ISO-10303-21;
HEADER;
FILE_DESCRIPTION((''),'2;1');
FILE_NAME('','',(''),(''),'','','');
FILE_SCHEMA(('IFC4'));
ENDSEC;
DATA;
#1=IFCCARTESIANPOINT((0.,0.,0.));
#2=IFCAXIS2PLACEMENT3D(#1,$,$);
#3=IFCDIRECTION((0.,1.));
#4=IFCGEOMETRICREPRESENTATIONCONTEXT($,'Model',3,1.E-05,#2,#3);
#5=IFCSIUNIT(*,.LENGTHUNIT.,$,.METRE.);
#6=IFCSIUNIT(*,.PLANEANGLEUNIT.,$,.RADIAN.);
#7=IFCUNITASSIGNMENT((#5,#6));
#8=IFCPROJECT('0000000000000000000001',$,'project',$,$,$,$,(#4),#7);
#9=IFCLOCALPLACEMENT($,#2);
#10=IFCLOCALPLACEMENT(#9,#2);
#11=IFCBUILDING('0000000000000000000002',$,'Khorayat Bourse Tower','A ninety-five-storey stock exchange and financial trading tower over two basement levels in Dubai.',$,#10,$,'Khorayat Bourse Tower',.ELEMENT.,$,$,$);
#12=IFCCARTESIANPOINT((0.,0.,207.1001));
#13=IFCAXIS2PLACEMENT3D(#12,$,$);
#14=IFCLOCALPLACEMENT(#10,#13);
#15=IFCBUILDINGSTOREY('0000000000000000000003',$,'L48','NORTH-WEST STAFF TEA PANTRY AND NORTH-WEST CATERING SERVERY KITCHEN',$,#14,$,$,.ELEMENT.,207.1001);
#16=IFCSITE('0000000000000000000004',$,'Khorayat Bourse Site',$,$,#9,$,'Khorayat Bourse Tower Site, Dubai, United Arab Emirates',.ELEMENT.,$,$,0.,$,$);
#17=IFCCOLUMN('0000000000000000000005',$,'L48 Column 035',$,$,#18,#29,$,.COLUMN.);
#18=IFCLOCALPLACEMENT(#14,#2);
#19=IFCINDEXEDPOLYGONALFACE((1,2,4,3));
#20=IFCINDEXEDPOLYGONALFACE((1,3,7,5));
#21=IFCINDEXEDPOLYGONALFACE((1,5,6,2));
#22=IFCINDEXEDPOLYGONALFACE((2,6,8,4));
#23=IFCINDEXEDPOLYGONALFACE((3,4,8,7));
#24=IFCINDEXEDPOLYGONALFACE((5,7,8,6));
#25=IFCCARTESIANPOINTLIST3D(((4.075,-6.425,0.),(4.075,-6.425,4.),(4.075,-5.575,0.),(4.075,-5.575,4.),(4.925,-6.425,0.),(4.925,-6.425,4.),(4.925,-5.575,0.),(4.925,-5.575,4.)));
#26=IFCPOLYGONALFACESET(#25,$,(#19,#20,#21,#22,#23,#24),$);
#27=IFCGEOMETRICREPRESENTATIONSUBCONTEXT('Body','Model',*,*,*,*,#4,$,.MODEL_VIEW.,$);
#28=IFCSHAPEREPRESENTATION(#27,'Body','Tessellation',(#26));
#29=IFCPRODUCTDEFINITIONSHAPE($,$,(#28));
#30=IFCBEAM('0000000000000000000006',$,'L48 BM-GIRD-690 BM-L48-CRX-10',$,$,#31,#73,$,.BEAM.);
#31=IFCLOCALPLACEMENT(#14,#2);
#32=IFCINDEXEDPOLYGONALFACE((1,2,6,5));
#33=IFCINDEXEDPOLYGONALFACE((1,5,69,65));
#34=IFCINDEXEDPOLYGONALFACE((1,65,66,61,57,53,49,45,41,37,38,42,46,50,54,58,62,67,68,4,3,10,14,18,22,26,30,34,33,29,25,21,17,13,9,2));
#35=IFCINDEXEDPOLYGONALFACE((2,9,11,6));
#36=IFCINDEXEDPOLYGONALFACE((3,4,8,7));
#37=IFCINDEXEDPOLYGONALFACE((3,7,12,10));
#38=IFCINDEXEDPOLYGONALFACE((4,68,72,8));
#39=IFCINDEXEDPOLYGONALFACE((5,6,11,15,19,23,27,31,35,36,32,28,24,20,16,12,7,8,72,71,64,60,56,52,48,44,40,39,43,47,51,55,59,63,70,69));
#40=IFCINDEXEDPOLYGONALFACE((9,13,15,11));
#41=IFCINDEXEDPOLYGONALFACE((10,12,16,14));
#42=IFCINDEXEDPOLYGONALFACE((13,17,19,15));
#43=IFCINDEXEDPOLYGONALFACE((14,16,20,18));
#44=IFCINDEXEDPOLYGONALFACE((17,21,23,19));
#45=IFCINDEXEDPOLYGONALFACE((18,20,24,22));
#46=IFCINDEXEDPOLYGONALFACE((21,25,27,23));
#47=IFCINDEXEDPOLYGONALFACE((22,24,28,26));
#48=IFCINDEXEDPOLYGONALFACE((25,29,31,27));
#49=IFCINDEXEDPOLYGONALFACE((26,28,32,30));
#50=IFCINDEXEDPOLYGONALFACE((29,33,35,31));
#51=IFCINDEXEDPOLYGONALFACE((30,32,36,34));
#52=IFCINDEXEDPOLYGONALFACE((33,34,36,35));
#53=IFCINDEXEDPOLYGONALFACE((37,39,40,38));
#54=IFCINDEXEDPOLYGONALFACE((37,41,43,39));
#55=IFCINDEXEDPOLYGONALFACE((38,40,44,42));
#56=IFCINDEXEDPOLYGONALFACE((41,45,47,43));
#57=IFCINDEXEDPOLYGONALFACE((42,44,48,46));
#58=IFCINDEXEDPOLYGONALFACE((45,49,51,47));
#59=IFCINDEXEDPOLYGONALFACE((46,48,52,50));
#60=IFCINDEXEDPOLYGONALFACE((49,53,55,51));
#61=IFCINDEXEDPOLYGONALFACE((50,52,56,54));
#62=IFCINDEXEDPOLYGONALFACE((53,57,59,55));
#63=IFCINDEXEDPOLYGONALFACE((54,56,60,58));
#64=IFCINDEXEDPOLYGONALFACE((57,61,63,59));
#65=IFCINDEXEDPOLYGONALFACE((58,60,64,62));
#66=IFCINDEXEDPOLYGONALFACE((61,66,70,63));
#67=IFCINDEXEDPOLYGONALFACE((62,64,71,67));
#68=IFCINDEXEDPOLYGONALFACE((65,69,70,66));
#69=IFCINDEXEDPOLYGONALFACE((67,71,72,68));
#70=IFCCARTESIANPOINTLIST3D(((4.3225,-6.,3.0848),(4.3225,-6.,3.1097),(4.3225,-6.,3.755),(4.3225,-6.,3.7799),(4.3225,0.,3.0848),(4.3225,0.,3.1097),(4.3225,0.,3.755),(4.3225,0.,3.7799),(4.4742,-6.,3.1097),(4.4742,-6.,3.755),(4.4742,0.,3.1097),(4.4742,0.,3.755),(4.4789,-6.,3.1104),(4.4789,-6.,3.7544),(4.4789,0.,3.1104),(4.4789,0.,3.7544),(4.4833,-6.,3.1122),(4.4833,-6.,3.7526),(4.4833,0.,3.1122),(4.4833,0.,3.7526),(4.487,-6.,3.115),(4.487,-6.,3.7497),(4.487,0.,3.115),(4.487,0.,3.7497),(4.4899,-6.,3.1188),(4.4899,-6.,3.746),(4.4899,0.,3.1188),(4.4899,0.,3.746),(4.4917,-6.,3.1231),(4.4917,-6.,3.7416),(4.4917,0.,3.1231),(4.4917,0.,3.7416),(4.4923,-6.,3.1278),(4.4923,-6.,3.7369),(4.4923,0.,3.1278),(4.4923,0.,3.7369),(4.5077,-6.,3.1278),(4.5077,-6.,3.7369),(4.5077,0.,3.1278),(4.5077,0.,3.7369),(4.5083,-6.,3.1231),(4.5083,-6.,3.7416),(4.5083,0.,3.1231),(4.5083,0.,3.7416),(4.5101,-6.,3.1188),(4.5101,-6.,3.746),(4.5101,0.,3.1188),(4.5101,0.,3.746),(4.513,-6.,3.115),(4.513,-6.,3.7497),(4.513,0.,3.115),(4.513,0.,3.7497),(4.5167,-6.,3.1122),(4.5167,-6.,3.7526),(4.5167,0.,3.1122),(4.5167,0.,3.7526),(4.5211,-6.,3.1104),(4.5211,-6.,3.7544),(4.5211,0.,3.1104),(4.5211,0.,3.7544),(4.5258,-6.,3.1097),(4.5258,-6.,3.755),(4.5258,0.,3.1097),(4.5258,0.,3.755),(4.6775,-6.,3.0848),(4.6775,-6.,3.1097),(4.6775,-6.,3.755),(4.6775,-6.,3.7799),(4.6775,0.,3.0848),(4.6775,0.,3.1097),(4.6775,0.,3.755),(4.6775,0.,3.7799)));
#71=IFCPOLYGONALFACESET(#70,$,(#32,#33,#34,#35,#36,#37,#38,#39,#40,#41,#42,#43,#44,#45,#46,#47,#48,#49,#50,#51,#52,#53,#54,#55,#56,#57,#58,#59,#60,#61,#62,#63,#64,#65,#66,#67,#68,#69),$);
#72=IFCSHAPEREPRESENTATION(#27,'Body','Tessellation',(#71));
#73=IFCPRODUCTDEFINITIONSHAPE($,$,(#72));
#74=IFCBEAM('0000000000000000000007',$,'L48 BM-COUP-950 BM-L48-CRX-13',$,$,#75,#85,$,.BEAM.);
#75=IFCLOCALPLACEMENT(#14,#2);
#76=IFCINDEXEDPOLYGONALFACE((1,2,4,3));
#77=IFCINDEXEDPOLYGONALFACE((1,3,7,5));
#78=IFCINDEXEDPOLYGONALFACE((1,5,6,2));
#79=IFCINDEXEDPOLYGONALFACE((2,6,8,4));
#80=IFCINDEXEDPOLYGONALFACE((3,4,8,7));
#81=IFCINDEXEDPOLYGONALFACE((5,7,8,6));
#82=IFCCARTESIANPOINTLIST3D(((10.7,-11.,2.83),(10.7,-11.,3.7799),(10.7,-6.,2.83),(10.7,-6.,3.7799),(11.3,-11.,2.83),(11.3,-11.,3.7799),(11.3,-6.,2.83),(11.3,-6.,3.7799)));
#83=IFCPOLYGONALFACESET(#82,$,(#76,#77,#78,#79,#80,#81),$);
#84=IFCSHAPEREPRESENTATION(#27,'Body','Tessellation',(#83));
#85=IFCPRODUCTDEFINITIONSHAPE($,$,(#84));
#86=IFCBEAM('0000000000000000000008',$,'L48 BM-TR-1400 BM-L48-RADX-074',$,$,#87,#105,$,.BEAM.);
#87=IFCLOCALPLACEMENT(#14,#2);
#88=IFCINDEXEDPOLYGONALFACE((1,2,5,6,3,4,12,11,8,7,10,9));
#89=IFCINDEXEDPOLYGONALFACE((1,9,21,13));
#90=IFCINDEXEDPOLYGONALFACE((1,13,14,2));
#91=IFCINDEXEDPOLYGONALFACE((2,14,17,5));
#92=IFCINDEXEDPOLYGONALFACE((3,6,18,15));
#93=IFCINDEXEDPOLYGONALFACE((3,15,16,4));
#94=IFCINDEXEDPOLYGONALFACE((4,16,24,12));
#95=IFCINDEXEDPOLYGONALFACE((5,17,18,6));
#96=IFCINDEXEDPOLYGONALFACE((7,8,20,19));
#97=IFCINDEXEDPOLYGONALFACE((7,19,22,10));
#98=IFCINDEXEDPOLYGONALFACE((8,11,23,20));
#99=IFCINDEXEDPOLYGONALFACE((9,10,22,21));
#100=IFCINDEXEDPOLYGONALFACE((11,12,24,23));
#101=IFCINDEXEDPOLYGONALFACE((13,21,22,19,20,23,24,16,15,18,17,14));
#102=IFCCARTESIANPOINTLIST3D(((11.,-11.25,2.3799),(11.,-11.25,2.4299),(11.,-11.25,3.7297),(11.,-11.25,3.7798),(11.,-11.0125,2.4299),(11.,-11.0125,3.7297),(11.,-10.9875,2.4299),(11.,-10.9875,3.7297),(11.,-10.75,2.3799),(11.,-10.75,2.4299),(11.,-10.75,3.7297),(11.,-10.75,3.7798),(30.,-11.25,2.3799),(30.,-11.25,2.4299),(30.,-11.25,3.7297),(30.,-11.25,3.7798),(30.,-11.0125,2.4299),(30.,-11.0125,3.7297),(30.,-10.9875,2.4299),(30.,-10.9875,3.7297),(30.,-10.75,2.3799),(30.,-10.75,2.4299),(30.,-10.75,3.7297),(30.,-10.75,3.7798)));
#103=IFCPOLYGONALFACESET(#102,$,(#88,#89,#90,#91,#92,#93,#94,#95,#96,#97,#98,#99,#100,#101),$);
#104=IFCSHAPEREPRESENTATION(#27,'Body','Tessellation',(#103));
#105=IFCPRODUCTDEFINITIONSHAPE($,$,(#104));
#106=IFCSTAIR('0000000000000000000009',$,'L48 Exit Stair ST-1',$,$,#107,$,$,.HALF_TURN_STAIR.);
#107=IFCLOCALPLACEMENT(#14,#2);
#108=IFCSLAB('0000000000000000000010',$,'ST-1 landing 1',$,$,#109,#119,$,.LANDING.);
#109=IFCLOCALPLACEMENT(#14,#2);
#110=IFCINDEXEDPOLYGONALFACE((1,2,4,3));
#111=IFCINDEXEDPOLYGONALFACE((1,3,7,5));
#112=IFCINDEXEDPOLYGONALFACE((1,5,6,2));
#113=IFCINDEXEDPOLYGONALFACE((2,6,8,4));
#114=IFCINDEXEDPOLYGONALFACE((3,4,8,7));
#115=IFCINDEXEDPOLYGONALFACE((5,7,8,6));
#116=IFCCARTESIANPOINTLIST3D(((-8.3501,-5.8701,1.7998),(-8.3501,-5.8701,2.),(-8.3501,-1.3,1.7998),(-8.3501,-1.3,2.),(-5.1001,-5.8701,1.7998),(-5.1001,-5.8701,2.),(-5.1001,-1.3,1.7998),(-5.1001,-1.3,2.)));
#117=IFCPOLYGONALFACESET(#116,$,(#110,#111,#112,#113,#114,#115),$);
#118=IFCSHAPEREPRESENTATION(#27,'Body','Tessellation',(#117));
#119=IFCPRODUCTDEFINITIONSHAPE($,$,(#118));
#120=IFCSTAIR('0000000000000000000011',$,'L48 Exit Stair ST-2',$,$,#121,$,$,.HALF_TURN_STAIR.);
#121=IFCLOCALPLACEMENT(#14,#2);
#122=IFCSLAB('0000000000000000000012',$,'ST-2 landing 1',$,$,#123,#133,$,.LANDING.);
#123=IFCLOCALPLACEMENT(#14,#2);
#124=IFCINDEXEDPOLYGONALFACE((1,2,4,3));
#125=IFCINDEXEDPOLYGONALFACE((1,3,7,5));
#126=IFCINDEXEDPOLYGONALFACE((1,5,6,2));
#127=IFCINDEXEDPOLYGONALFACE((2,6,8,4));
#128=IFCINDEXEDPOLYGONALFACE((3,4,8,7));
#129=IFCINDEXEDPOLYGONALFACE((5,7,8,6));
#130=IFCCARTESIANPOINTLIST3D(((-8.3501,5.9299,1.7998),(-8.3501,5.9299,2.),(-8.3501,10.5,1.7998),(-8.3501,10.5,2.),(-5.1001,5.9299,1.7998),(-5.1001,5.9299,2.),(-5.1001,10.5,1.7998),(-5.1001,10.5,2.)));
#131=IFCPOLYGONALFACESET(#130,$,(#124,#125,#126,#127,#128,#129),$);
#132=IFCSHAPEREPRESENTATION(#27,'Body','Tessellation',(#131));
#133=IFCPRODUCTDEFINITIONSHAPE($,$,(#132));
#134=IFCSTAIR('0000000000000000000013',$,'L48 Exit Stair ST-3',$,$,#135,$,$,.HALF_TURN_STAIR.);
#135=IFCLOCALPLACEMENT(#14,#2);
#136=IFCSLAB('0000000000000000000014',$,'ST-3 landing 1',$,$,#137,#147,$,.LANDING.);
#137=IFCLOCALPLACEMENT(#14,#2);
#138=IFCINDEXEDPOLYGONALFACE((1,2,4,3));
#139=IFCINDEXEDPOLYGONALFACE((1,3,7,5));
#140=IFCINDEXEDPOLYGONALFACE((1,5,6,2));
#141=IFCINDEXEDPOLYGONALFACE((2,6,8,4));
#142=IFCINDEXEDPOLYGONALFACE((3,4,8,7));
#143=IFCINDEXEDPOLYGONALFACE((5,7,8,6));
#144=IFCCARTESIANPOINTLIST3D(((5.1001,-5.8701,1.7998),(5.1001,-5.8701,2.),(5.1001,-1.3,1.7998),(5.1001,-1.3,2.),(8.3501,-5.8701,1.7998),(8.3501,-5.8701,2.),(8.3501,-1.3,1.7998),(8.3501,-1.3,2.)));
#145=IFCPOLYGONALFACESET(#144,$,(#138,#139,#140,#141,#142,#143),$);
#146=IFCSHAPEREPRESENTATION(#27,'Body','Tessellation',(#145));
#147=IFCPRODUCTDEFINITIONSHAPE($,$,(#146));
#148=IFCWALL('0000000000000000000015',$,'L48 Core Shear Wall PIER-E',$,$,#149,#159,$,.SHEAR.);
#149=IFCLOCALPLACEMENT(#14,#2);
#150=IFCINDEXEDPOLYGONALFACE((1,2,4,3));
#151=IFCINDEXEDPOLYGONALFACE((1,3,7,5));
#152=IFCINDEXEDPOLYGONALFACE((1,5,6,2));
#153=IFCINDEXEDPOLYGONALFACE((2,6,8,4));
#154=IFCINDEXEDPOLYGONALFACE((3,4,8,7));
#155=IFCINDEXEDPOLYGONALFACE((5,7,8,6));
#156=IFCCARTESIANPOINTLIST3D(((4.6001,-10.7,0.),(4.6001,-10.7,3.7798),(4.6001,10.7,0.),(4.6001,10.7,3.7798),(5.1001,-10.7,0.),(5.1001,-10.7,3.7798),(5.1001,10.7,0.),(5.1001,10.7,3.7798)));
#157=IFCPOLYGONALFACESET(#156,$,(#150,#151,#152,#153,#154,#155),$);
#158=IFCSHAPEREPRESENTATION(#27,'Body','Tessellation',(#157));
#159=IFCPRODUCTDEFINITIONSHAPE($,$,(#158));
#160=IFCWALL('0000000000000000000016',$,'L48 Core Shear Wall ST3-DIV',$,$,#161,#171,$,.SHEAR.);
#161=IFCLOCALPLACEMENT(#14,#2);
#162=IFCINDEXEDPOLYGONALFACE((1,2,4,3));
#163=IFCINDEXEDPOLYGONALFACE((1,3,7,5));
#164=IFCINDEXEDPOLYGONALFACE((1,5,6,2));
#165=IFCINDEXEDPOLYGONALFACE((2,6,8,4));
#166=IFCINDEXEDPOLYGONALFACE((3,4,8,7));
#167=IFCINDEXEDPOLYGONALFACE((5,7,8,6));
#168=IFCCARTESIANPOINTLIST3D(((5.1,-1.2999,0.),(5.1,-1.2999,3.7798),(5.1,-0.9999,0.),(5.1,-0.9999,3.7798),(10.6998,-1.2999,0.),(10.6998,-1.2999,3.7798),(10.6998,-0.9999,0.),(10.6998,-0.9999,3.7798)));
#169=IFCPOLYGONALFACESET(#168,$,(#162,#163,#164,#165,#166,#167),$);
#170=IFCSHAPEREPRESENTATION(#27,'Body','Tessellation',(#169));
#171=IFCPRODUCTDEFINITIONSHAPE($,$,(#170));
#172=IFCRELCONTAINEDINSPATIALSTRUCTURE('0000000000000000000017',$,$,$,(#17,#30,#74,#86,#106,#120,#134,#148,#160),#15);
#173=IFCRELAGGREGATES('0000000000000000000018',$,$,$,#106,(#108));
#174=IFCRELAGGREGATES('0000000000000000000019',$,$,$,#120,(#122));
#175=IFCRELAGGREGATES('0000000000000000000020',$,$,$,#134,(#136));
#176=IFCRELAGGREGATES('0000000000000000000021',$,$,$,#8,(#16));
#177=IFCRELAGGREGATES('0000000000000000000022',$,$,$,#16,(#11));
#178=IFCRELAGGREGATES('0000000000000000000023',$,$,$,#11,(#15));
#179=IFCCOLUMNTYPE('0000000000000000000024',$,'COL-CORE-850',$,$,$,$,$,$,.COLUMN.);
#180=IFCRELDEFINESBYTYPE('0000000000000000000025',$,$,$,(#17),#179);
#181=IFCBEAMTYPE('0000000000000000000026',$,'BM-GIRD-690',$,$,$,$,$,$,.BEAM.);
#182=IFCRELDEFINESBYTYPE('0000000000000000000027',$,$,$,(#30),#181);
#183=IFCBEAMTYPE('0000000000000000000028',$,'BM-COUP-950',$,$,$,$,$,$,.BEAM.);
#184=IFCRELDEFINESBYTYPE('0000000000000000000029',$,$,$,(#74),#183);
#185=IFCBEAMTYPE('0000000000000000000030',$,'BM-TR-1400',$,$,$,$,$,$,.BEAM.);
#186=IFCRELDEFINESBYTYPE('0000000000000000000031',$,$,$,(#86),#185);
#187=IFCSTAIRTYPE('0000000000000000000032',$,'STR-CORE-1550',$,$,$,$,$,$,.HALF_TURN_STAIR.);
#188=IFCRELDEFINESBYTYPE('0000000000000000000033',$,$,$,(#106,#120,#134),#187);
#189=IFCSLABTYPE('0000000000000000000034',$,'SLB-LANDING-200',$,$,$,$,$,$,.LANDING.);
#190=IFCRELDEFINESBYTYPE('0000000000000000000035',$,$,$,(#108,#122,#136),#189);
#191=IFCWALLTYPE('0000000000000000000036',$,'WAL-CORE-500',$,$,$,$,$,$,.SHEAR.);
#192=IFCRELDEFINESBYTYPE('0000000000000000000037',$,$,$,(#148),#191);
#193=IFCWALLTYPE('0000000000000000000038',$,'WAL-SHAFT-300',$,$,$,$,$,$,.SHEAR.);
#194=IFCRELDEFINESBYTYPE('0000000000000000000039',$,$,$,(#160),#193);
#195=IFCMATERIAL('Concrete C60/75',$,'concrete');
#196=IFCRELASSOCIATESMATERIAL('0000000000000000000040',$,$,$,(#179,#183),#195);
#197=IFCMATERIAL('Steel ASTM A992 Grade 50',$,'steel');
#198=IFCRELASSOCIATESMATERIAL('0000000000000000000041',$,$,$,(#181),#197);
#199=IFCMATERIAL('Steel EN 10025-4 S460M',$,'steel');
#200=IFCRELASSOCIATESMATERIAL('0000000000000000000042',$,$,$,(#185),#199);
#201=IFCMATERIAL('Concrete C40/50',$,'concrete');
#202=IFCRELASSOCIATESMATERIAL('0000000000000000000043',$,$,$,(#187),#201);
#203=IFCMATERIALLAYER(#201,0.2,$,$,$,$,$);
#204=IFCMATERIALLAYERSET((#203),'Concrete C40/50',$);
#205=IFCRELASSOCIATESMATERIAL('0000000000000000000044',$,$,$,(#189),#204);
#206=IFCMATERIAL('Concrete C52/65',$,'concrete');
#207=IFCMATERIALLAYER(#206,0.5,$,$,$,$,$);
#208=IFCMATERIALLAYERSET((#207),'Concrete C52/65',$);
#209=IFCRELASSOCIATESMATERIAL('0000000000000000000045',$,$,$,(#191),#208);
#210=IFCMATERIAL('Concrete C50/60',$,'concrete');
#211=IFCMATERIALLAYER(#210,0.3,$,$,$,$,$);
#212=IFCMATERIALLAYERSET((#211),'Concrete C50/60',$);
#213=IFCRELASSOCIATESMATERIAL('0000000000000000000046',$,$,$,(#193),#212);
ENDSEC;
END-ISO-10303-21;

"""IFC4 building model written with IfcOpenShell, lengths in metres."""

from ifc_helpers import new_model, si_unit, direction, frame, frame_2d, origin, origin_2d, place, context, subcontext, project, spatial, polyline, rectangle, i_section, outline, extrude, source, transform, mapped, material, layer, layer_set, material_profile, profile_set, type_object, element, aggregate, save


model = new_model("IFC4")

# Units and contexts
model_context = context("Model", 3, precision=1e-05, world=origin(), true_north=direction((0.0, 1.0)))
body_context = subcontext(model_context, "Body", "Model", "MODEL_VIEW")
ifc_project = project(units=[si_unit("LENGTHUNIT", "METRE"), si_unit("PLANEANGLEUNIT", "RADIAN")], contexts=[model_context])

# Site, building, storey
site_placement = place(None, origin())
site = spatial("IfcSite", under=ifc_project, at=site_placement, Name="Khorayat Bourse Site", LongName="Khorayat Bourse Tower Site, Dubai, United Arab Emirates", CompositionType="ELEMENT", RefElevation=0.0)
building_placement = place(site_placement, origin())
building = spatial("IfcBuilding", under=site, at=building_placement, Name="Khorayat Bourse Tower", Description="A ninety-five-storey stock exchange and financial trading tower over two basement levels in Dubai.", LongName="Khorayat Bourse Tower", CompositionType="ELEMENT")
storey_placement = place(building_placement, frame((0.0, 0.0, 207.1001)))
storey = spatial("IfcBuildingStorey", under=building, at=storey_placement, Name="L48", Description="NORTH-WEST STAFF TEA PANTRY AND NORTH-WEST CATERING SERVERY KITCHEN", CompositionType="ELEMENT", Elevation=207.1001)

# Column
ifc_material_1 = material(Name="Concrete C60/75", Category="concrete")
ifc_material_profile_1 = material_profile(ifc_material_1, rectangle(XDim=0.8501, YDim=0.8501, at=origin_2d()), Name="RC 850x850")
ifc_profile_set_1 = profile_set([ifc_material_profile_1], Name="Concrete C60/75")
column_type = type_object("IfcColumnType", Name="COL-CORE-850", PredefinedType="COLUMN", material=ifc_profile_set_1)
shared_shape_1 = source(origin(), body_context, "Body", "SweptSolid", [
    extrude(rectangle(XDim=0.8501, YDim=0.8501, at=origin_2d()), origin(), (0.0, 0.0, 1.0), 4.0),
])
column_placement = place(storey_placement, frame((4.5, -6.0, 0.0), z_axis=(0.0, 0.0, 1.0), x_axis=(1.0, 0.0, 0.0)))
element("IfcColumn", 1, at=column_placement, inside=storey, type_object=column_type, Name="L48 Column 035", PredefinedType="COLUMN", context=body_context, shape_type="MappedRepresentation", body=[
    mapped(shared_shape_1, transform((0.0, 0.0, 0.0), scale=1.0)),
])

# Beams
ifc_material_2 = material(Name="Steel ASTM A992 Grade 50", Category="steel")
ifc_material_profile_2 = material_profile(ifc_material_2, i_section(OverallWidth=0.355, OverallDepth=0.6951, WebThickness=0.0154, FlangeThickness=0.0249, FilletRadius=0.0181, at=origin_2d()), Name="W690X217")
ifc_profile_set_2 = profile_set([ifc_material_profile_2], Name="Steel ASTM A992 Grade 50")
beam_type_1 = type_object("IfcBeamType", Name="BM-GIRD-690", PredefinedType="BEAM", material=ifc_profile_set_2)
shared_shape_2 = source(origin(), body_context, "Body", "SweptSolid", [
    extrude(i_section(OverallWidth=0.355, OverallDepth=0.6951, WebThickness=0.0154, FlangeThickness=0.0249, FilletRadius=0.0181, at=origin_2d()), origin(), (0.0, 0.0, 1.0), 6.0),
])
beam_1_placement = place(storey_placement, frame((4.5, -6.0, 3.4324), z_axis=(0.0, 1.0, 0.0), x_axis=(-1.0, 0.0, 0.0)))
element("IfcBeam", 2, at=beam_1_placement, inside=storey, type_object=beam_type_1, Name="L48 BM-GIRD-690 BM-L48-CRX-10", PredefinedType="BEAM", context=body_context, shape_type="MappedRepresentation", body=[
    mapped(shared_shape_2, transform((0.0, 0.0, 0.0), scale=1.0)),
])
ifc_material_profile_3 = material_profile(ifc_material_1, rectangle(XDim=0.6001, YDim=0.95, at=origin_2d()), Name="RC 600x950")
ifc_profile_set_3 = profile_set([ifc_material_profile_3], Name="Concrete C60/75")
beam_type_2 = type_object("IfcBeamType", Name="BM-COUP-950", PredefinedType="BEAM", material=ifc_profile_set_3)
shared_shape_3 = source(origin(), body_context, "Body", "SweptSolid", [
    extrude(rectangle(XDim=0.6001, YDim=0.95, at=origin_2d()), origin(), (0.0, 0.0, 1.0), 5.0),
])
beam_2_placement = place(storey_placement, frame((11.0, -11.0, 3.3049), z_axis=(0.0, 1.0, 0.0), x_axis=(-1.0, 0.0, 0.0)))
element("IfcBeam", 3, at=beam_2_placement, inside=storey, type_object=beam_type_2, Name="L48 BM-COUP-950 BM-L48-CRX-13", PredefinedType="BEAM", context=body_context, shape_type="MappedRepresentation", body=[
    mapped(shared_shape_3, transform((0.0, 0.0, 0.0), scale=1.0)),
])
ifc_material_3 = material(Name="Steel EN 10025-4 S460M", Category="steel")
ifc_material_profile_4 = material_profile(ifc_material_3, i_section(OverallWidth=0.5, OverallDepth=1.3999, WebThickness=0.0249, FlangeThickness=0.05, at=origin_2d()), Name="PG 1400x500x25x50")
ifc_profile_set_4 = profile_set([ifc_material_profile_4], Name="Steel EN 10025-4 S460M")
beam_type_3 = type_object("IfcBeamType", Name="BM-TR-1400", PredefinedType="BEAM", material=ifc_profile_set_4)
shared_shape_4 = source(origin(), body_context, "Body", "SweptSolid", [
    extrude(i_section(OverallWidth=0.5, OverallDepth=1.3999, WebThickness=0.0249, FlangeThickness=0.05, at=origin_2d()), origin(), (0.0, 0.0, 1.0), 19.0),
])
beam_3_placement = place(storey_placement, frame((11.0, -11.0, 3.0798), z_axis=(1.0, 0.0, 0.0), x_axis=(0.0, 1.0, 0.0)))
element("IfcBeam", 4, at=beam_3_placement, inside=storey, type_object=beam_type_3, Name="L48 BM-TR-1400 BM-L48-RADX-074", PredefinedType="BEAM", context=body_context, shape_type="MappedRepresentation", body=[
    mapped(shared_shape_4, transform((0.0, 0.0, 0.0), scale=1.0)),
])

# Stairs, slabs
ifc_material_4 = material(Name="Concrete C40/50", Category="concrete")
stair_type = type_object("IfcStairType", Name="STR-CORE-1550", PredefinedType="HALF_TURN_STAIR", material=ifc_material_4)
stair_1_placement = place(storey_placement, origin())
stair_1 = element("IfcStair", 5, at=stair_1_placement, inside=storey, type_object=stair_type, Name="L48 Exit Stair ST-1", PredefinedType="HALF_TURN_STAIR")
ifc_layer_1 = layer(ifc_material_4, 0.2)
ifc_layer_set_1 = layer_set([ifc_layer_1], Name="Concrete C40/50")
slab_type = type_object("IfcSlabType", Name="SLB-LANDING-200", PredefinedType="LANDING", material=ifc_layer_set_1)
slab_1_placement = place(storey_placement, frame((0.0, 0.0, 1.7998)))
slab_1 = element("IfcSlab", 6, at=slab_1_placement, type_object=slab_type, Name="ST-1 landing 1", PredefinedType="LANDING", context=body_context, shape_type="SweptSolid", body=[
    extrude(outline(polyline([(-5.1001, -5.8701), (-5.1001, -1.3), (-8.3501, -1.3), (-8.3501, -5.8701), (-5.1001, -5.8701)])), origin(), (0.0, 0.0, 1.0), 0.2002),
])
aggregate(stair_1, [slab_1])
stair_2_placement = place(storey_placement, origin())
stair_2 = element("IfcStair", 7, at=stair_2_placement, inside=storey, type_object=stair_type, Name="L48 Exit Stair ST-2", PredefinedType="HALF_TURN_STAIR")
slab_2_placement = place(storey_placement, frame((0.0, 0.0, 1.7998)))
slab_2 = element("IfcSlab", 8, at=slab_2_placement, type_object=slab_type, Name="ST-2 landing 1", PredefinedType="LANDING", context=body_context, shape_type="SweptSolid", body=[
    extrude(outline(polyline([(-5.1001, 5.9299), (-5.1001, 10.5), (-8.3501, 10.5), (-8.3501, 5.9299), (-5.1001, 5.9299)])), origin(), (0.0, 0.0, 1.0), 0.2002),
])
aggregate(stair_2, [slab_2])
stair_3_placement = place(storey_placement, origin())
stair_3 = element("IfcStair", 9, at=stair_3_placement, inside=storey, type_object=stair_type, Name="L48 Exit Stair ST-3", PredefinedType="HALF_TURN_STAIR")
slab_3_placement = place(storey_placement, frame((0.0, 0.0, 1.7998)))
slab_3 = element("IfcSlab", 10, at=slab_3_placement, type_object=slab_type, Name="ST-3 landing 1", PredefinedType="LANDING", context=body_context, shape_type="SweptSolid", body=[
    extrude(outline(polyline([(8.3501, -5.8701), (8.3501, -1.3), (5.1001, -1.3), (5.1001, -5.8701), (8.3501, -5.8701)])), origin(), (0.0, 0.0, 1.0), 0.2002),
])

# Walls
ifc_material_5 = material(Name="Concrete C52/65", Category="concrete")
ifc_layer_2 = layer(ifc_material_5, 0.5)
ifc_layer_set_2 = layer_set([ifc_layer_2], Name="Concrete C52/65")
wall_type_1 = type_object("IfcWallType", Name="WAL-CORE-500", PredefinedType="SHEAR", material=ifc_layer_set_2)
shared_shape_5 = source(origin(), body_context, "Body", "SweptSolid", [
    extrude(rectangle(XDim=21.3999, YDim=0.5, at=frame_2d((10.7, 0.0))), origin(), (0.0, 0.0, 1.0), 3.7798),
])
wall_1_placement = place(storey_placement, frame((4.8501, -10.7, 0.0), z_axis=(0.0, 0.0, 1.0), x_axis=(0.0, 1.0, 0.0)))
element("IfcWall", 11, at=wall_1_placement, inside=storey, type_object=wall_type_1, Name="L48 Core Shear Wall PIER-E", PredefinedType="SHEAR", context=body_context, shape_type="MappedRepresentation", body=[
    mapped(shared_shape_5, transform((0.0, 0.0, 0.0), scale=1.0)),
])
ifc_material_6 = material(Name="Concrete C50/60", Category="concrete")
ifc_layer_3 = layer(ifc_material_6, 0.3)
ifc_layer_set_3 = layer_set([ifc_layer_3], Name="Concrete C50/60")
wall_type_2 = type_object("IfcWallType", Name="WAL-SHAFT-300", PredefinedType="SHEAR", material=ifc_layer_set_3)
shared_shape_6 = source(origin(), body_context, "Body", "SweptSolid", [
    extrude(rectangle(XDim=5.5999, YDim=0.3, at=frame_2d((2.7998, 0.0))), origin(), (0.0, 0.0, 1.0), 3.7798),
])
wall_2_placement = place(storey_placement, frame((5.1001, -1.1499, 0.0), z_axis=(0.0, 0.0, 1.0), x_axis=(1.0, 0.0, 0.0)))
element("IfcWall", 12, at=wall_2_placement, inside=storey, type_object=wall_type_2, Name="L48 Core Shear Wall ST3-DIV", PredefinedType="SHEAR", context=body_context, shape_type="MappedRepresentation", body=[
    mapped(shared_shape_6, transform((0.0, 0.0, 0.0), scale=1.0)),
])

aggregate(stair_3, [slab_3])

save(model, "model.ifc")
